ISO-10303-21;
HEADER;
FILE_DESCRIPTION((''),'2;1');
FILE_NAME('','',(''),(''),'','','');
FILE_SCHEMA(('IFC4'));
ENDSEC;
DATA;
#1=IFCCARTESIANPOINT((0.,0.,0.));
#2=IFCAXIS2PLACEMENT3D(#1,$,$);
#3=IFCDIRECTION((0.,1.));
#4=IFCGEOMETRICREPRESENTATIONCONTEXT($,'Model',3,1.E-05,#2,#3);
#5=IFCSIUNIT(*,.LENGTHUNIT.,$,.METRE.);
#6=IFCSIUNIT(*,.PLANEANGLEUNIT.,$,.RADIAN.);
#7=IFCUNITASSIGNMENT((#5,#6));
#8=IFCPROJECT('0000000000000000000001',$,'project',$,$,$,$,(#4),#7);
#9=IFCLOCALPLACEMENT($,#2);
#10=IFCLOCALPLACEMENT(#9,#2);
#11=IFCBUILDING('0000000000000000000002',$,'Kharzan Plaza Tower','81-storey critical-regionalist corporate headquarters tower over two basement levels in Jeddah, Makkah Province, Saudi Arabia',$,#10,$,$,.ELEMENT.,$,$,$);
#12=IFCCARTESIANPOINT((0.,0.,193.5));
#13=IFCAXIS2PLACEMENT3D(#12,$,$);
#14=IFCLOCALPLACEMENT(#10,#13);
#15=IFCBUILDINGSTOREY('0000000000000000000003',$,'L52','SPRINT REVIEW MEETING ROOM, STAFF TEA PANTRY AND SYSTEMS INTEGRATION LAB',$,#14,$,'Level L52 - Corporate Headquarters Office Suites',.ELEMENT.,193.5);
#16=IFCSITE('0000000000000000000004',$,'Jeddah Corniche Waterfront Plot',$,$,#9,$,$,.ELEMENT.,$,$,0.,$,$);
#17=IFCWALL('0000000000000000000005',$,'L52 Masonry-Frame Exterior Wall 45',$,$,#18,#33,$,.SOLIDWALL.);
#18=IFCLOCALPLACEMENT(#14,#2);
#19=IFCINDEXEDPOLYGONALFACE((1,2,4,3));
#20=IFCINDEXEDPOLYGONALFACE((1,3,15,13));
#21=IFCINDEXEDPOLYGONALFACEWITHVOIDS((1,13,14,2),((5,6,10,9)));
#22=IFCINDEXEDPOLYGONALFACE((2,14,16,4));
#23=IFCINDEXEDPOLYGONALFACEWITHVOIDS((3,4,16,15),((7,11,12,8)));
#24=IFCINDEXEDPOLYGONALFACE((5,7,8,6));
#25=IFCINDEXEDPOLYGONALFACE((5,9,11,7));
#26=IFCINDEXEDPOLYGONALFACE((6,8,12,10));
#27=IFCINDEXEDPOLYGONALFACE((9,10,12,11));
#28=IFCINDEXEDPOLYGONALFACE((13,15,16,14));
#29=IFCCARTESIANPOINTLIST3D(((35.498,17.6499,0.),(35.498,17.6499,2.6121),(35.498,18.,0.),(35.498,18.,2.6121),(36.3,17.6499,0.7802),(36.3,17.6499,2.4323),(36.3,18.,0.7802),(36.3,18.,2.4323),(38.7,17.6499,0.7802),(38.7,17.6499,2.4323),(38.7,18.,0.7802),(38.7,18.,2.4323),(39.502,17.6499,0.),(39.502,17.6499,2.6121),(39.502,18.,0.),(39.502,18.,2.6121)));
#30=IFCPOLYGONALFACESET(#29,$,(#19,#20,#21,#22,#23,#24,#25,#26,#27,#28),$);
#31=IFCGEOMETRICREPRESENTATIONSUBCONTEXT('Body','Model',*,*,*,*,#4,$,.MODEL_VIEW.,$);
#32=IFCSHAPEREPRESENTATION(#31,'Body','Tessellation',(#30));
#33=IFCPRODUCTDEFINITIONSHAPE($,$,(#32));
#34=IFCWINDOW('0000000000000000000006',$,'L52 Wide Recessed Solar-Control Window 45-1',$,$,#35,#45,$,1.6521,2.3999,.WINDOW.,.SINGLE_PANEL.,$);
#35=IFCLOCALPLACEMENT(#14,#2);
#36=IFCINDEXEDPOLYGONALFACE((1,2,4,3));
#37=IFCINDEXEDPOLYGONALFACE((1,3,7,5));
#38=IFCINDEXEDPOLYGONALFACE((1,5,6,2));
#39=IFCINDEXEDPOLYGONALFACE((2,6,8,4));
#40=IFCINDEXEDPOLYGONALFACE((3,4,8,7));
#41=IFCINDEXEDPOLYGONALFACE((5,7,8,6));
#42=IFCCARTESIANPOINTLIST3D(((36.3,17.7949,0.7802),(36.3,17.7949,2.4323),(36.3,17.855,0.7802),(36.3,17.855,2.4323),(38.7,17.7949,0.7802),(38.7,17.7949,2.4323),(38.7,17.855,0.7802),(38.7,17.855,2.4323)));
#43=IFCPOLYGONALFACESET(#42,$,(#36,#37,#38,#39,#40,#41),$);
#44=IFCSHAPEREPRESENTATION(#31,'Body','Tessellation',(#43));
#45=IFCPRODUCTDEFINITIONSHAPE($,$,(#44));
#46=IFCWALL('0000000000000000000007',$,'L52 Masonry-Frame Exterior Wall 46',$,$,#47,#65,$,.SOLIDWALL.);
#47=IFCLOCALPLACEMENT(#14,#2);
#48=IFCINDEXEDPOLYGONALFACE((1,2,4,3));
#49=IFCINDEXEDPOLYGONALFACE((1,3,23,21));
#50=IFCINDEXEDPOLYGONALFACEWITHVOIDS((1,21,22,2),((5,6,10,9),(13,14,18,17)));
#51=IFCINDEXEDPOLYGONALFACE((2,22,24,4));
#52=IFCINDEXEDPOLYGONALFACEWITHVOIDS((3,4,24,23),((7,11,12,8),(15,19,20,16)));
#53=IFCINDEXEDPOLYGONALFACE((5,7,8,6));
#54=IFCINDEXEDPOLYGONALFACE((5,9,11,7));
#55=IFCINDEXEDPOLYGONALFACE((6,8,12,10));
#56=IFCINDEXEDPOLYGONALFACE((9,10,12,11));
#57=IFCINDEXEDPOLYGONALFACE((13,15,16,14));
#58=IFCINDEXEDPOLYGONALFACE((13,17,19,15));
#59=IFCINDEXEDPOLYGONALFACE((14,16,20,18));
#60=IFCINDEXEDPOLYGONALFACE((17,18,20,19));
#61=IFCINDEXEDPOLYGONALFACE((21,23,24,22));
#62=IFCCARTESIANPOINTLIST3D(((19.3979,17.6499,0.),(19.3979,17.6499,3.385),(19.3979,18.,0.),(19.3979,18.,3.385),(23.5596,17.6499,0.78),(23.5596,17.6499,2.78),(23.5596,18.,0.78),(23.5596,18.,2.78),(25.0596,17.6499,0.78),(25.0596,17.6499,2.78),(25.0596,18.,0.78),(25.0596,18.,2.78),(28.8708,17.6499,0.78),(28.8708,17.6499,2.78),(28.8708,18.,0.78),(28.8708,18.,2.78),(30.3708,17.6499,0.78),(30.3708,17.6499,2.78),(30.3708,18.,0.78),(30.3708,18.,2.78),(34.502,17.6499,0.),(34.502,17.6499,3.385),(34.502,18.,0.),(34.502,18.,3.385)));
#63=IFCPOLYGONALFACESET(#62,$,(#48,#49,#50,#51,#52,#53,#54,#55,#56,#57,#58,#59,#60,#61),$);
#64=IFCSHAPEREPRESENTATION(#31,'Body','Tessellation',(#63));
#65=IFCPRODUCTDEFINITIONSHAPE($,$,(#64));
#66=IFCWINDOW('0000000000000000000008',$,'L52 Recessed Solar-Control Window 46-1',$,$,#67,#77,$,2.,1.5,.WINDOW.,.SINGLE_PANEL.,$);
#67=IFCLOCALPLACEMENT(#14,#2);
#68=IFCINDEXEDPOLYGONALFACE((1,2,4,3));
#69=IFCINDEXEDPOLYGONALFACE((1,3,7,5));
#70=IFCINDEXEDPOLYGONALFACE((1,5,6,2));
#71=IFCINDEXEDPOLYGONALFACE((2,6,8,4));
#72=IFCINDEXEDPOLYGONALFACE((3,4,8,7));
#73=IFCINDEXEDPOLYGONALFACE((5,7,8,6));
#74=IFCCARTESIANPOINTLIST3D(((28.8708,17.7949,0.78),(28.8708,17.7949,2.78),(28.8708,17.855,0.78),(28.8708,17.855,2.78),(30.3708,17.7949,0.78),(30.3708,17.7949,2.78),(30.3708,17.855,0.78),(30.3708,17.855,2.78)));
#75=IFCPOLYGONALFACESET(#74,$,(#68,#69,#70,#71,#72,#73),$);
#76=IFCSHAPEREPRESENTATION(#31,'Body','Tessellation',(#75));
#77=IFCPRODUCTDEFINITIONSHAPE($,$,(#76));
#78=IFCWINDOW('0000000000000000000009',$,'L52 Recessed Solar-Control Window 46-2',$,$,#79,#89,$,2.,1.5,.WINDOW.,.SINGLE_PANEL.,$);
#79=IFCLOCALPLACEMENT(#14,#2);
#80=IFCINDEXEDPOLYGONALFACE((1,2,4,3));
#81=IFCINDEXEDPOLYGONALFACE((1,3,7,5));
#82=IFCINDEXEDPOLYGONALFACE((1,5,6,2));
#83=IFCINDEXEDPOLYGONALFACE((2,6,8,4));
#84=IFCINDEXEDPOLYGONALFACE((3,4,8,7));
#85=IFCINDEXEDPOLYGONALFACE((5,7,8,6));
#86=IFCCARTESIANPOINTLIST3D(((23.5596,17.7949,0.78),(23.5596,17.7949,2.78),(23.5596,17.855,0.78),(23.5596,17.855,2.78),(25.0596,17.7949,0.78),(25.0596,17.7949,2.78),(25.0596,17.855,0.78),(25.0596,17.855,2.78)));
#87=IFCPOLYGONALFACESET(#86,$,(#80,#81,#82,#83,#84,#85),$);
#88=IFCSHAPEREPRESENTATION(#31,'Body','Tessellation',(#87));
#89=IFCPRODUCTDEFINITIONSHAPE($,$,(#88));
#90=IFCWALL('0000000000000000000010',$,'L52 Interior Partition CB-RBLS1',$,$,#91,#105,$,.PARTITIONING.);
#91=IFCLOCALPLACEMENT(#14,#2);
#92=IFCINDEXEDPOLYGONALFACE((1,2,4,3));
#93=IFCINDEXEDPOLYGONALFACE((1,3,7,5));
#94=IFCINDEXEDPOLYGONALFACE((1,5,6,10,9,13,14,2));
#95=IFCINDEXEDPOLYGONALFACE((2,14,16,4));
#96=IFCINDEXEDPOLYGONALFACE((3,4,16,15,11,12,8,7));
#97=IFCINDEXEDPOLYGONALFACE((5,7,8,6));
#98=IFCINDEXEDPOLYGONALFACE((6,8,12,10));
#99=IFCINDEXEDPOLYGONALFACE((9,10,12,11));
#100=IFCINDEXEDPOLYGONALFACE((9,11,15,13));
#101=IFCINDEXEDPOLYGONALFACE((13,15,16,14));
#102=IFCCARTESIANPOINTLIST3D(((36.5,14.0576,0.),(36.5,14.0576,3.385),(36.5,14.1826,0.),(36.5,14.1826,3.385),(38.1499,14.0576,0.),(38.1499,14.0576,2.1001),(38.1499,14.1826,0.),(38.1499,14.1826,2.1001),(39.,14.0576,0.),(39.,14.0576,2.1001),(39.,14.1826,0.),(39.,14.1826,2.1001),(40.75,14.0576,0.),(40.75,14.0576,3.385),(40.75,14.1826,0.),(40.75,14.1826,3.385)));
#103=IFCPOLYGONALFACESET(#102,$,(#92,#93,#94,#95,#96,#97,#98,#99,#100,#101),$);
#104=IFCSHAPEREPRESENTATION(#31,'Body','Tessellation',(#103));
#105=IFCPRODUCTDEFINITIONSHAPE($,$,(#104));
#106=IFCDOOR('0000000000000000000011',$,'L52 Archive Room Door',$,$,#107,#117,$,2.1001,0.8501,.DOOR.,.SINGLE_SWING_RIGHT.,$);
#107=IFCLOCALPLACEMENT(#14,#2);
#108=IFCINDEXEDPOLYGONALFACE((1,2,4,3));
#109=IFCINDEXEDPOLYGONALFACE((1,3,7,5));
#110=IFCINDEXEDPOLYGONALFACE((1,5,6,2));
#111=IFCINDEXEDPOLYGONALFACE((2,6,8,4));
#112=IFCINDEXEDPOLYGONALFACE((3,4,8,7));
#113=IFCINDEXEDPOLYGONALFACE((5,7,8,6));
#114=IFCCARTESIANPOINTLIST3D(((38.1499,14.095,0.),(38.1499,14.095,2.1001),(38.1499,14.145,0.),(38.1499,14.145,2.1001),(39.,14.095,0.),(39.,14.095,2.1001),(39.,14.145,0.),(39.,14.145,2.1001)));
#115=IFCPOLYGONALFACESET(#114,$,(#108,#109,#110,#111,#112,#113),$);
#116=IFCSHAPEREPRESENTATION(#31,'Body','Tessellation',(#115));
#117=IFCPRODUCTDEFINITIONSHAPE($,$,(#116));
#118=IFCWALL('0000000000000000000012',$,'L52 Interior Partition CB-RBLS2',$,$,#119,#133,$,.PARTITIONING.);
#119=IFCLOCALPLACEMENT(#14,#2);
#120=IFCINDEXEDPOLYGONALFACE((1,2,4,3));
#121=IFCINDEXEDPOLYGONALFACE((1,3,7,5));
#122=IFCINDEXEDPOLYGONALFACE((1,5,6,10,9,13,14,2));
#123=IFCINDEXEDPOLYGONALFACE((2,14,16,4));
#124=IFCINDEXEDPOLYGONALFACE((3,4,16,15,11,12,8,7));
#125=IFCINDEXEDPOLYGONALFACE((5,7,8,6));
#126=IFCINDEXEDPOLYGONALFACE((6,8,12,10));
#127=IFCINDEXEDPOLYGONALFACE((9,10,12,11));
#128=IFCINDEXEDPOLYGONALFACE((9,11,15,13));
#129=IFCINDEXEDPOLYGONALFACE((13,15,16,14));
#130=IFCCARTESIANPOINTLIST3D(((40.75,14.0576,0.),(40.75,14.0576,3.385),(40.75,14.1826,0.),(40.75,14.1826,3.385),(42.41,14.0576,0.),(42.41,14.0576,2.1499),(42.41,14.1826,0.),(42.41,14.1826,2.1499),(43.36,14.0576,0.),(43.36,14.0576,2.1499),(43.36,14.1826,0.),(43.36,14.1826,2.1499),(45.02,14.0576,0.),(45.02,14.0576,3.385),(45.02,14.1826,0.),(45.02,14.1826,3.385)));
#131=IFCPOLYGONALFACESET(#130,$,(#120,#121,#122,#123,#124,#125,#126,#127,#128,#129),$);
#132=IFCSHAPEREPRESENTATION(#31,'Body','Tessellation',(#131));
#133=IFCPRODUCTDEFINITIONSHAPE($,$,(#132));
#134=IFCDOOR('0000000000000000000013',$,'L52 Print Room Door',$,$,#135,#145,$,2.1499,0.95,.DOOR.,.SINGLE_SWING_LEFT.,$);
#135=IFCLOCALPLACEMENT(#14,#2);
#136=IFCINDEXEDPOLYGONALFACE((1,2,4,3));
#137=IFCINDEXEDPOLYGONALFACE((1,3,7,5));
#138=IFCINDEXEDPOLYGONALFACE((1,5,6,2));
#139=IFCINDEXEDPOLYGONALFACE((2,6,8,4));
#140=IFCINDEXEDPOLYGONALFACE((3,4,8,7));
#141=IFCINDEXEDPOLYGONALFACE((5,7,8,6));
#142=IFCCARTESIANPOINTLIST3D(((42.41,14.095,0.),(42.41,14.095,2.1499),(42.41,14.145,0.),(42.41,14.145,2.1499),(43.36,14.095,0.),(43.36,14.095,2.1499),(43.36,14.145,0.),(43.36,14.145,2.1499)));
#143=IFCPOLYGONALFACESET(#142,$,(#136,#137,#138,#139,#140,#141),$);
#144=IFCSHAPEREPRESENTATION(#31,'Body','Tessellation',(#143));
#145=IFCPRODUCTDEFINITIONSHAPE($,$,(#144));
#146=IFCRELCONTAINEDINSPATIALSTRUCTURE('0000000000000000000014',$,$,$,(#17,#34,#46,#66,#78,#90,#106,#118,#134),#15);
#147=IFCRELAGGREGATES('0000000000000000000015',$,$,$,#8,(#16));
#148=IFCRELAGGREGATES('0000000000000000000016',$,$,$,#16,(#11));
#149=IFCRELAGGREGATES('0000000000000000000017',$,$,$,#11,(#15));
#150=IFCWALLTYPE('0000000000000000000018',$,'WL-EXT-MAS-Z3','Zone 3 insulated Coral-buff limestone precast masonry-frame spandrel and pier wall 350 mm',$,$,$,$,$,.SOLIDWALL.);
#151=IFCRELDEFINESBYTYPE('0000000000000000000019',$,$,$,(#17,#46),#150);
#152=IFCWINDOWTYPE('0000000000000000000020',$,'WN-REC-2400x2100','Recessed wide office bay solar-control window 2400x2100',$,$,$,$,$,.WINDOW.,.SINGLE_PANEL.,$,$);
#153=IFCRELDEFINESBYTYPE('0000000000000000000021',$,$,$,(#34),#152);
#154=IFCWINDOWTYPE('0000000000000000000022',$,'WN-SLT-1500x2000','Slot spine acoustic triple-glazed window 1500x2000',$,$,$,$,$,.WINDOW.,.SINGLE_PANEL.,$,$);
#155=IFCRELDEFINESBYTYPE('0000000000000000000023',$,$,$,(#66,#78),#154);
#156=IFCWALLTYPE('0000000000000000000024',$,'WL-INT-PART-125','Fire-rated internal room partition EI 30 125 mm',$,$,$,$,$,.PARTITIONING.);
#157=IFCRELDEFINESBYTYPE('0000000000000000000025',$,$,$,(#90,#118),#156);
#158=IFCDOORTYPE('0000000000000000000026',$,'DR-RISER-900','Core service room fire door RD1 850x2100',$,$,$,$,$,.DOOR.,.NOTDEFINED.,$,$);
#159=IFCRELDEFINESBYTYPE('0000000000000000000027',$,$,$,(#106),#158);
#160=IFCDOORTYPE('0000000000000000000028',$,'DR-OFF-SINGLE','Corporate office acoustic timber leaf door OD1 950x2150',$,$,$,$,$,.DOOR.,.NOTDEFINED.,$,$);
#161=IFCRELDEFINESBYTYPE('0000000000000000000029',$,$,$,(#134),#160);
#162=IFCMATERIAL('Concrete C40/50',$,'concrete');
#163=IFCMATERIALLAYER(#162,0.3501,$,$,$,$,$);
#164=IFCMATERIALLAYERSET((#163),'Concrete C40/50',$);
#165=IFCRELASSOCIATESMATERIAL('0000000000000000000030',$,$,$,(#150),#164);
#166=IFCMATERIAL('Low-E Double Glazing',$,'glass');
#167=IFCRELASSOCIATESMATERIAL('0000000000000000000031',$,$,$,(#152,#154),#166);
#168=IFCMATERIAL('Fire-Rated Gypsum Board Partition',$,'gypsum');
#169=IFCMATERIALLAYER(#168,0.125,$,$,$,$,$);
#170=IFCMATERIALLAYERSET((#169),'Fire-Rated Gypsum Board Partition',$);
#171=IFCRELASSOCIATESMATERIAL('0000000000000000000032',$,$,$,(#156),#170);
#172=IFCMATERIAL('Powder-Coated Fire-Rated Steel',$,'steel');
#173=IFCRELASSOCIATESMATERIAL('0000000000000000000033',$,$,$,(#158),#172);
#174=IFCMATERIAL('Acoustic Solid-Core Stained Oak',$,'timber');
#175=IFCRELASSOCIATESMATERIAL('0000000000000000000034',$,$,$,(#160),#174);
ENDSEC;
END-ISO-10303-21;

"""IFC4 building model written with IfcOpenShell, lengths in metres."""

from ifc_helpers import new_model, si_unit, direction, frame, frame_2d, origin, place, context, subcontext, project, spatial, rectangle, extrude, source, transform, mapped, material, layer, layer_set, type_object, element, fill, save


model = new_model("IFC4")

# Units and contexts
model_context = context("Model", 3, precision=1e-05, world=origin(), true_north=direction((0.0, 1.0)))
body_context = subcontext(model_context, "Body", "Model", "MODEL_VIEW")
ifc_project = project(units=[si_unit("LENGTHUNIT", "METRE"), si_unit("PLANEANGLEUNIT", "RADIAN")], contexts=[model_context])

# Site, building, storey
site_placement = place(None, origin())
site = spatial("IfcSite", under=ifc_project, at=site_placement, Name="Jeddah Corniche Waterfront Plot", CompositionType="ELEMENT", RefElevation=0.0)
building_placement = place(site_placement, origin())
building = spatial("IfcBuilding", under=site, at=building_placement, Name="Kharzan Plaza Tower", Description="81-storey critical-regionalist corporate headquarters tower over two basement levels in Jeddah, Makkah Province, Saudi Arabia", CompositionType="ELEMENT")
storey_placement = place(building_placement, frame((0.0, 0.0, 193.5)))
storey = spatial("IfcBuildingStorey", under=building, at=storey_placement, Name="L52", Description="SPRINT REVIEW MEETING ROOM, STAFF TEA PANTRY AND SYSTEMS INTEGRATION LAB", LongName="Level L52 - Corporate Headquarters Office Suites", CompositionType="ELEMENT", Elevation=193.5)

# Wall, opening, window
ifc_material_1 = material(Name="Concrete C40/50", Category="concrete")
ifc_layer_1 = layer(ifc_material_1, 0.3501)
ifc_layer_set_1 = layer_set([ifc_layer_1], Name="Concrete C40/50")
wall_type_1 = type_object("IfcWallType", Name="WL-EXT-MAS-Z3", Description="Zone 3 insulated Coral-buff limestone precast masonry-frame spandrel and pier wall 350 mm", PredefinedType="SOLIDWALL", material=ifc_layer_set_1)
wall_1_placement = place(storey_placement, frame((39.502, 17.825, 0.0), z_axis=(0.0, 0.0, 1.0), x_axis=(-1.0, 0.0, 0.0)))
wall_1 = element("IfcWall", 1, at=wall_1_placement, inside=storey, type_object=wall_type_1, Name="L52 Masonry-Frame Exterior Wall 45", PredefinedType="SOLIDWALL", context=body_context, shape_type="SweptSolid", body=[
    extrude(rectangle(XDim=4.0039, YDim=0.3501, at=frame_2d((2.002, 0.0))), origin(), (0.0, 0.0, 1.0), 2.6121),
])
opening_1_placement = place(wall_1_placement, frame((0.802, 0.0, 0.78)))
opening_1 = element("IfcOpeningElement", 2, at=opening_1_placement, cuts=wall_1, PredefinedType="OPENING", context=body_context, shape_type="SweptSolid", body=[
    extrude(rectangle(XDim=2.3999, YDim=1.6521, at=frame_2d((1.2, 0.8262))), frame((0.0, 0.1851, 0.0), z_axis=(0.0, -1.0, 0.0), x_axis=(1.0, 0.0, 0.0)), (0.0, 0.0, 1.0), 0.3701),
])
ifc_material_2 = material(Name="Low-E Double Glazing", Category="glass")
window_type_1 = type_object("IfcWindowType", Name="WN-REC-2400x2100", Description="Recessed wide office bay solar-control window 2400x2100", PartitioningType="SINGLE_PANEL", PredefinedType="WINDOW", material=ifc_material_2)
shared_shape_1 = source(origin(), body_context, "Body", "SweptSolid", [
    extrude(rectangle(XDim=2.3999, YDim=1.6521, at=frame_2d((1.2, 0.8262))), frame((0.0, 0.03, 0.0), z_axis=(0.0, -1.0, 0.0), x_axis=(1.0, 0.0, 0.0)), (0.0, 0.0, 1.0), 0.0601),
])
window_1_placement = place(opening_1_placement, origin())
window_1 = element("IfcWindow", 3, at=window_1_placement, inside=storey, type_object=window_type_1, Name="L52 Wide Recessed Solar-Control Window 45-1", OverallHeight=1.6521, OverallWidth=2.3999, PartitioningType="SINGLE_PANEL", PredefinedType="WINDOW", context=body_context, shape_type="MappedRepresentation", body=[
    mapped(shared_shape_1, transform((0.0, 0.0, 0.0), x_axis=(1.0, 0.0, 0.0), y_axis=(0.0, 1.0, 0.0), z_axis=(0.0, 0.0, 1.0))),
])
fill(opening_1, window_1)

# Wall, openings, windows
wall_2_placement = place(storey_placement, frame((34.502, 17.825, 0.0), z_axis=(0.0, 0.0, 1.0), x_axis=(-1.0, 0.0, 0.0)))
wall_2 = element("IfcWall", 4, at=wall_2_placement, inside=storey, type_object=wall_type_1, Name="L52 Masonry-Frame Exterior Wall 46", PredefinedType="SOLIDWALL", context=body_context, shape_type="SweptSolid", body=[
    extrude(rectangle(XDim=15.104, YDim=0.3501, at=frame_2d((7.552, 0.0))), origin(), (0.0, 0.0, 1.0), 3.385),
])
opening_2_placement = place(wall_2_placement, frame((4.1311, 0.0, 0.78)))
opening_2 = element("IfcOpeningElement", 5, at=opening_2_placement, cuts=wall_2, PredefinedType="OPENING", context=body_context, shape_type="SweptSolid", body=[
    extrude(rectangle(XDim=1.5, YDim=2.0, at=frame_2d((0.75, 1.0))), frame((0.0, 0.1851, 0.0), z_axis=(0.0, -1.0, 0.0), x_axis=(1.0, 0.0, 0.0)), (0.0, 0.0, 1.0), 0.3701),
])
opening_3_placement = place(wall_2_placement, frame((9.4424, 0.0, 0.78)))
opening_3 = element("IfcOpeningElement", 6, at=opening_3_placement, cuts=wall_2, PredefinedType="OPENING", context=body_context, shape_type="SweptSolid", body=[
    extrude(rectangle(XDim=1.5, YDim=2.0, at=frame_2d((0.75, 1.0))), frame((0.0, 0.1851, 0.0), z_axis=(0.0, -1.0, 0.0), x_axis=(1.0, 0.0, 0.0)), (0.0, 0.0, 1.0), 0.3701),
])
window_type_2 = type_object("IfcWindowType", Name="WN-SLT-1500x2000", Description="Slot spine acoustic triple-glazed window 1500x2000", PartitioningType="SINGLE_PANEL", PredefinedType="WINDOW", material=ifc_material_2)
shared_shape_2 = source(origin(), body_context, "Body", "SweptSolid", [
    extrude(rectangle(XDim=1.5, YDim=2.0, at=frame_2d((0.75, 1.0))), frame((0.0, 0.03, 0.0), z_axis=(0.0, -1.0, 0.0), x_axis=(1.0, 0.0, 0.0)), (0.0, 0.0, 1.0), 0.0601),
])
window_2_placement = place(opening_2_placement, origin())
window_2 = element("IfcWindow", 7, at=window_2_placement, inside=storey, type_object=window_type_2, Name="L52 Recessed Solar-Control Window 46-1", OverallHeight=2.0, OverallWidth=1.5, PartitioningType="SINGLE_PANEL", PredefinedType="WINDOW", context=body_context, shape_type="MappedRepresentation", body=[
    mapped(shared_shape_2, transform((0.0, 0.0, 0.0), x_axis=(1.0, 0.0, 0.0), y_axis=(0.0, 1.0, 0.0), z_axis=(0.0, 0.0, 1.0))),
])
fill(opening_2, window_2)
window_3_placement = place(opening_3_placement, origin())
window_3 = element("IfcWindow", 8, at=window_3_placement, inside=storey, type_object=window_type_2, Name="L52 Recessed Solar-Control Window 46-2", OverallHeight=2.0, OverallWidth=1.5, PartitioningType="SINGLE_PANEL", PredefinedType="WINDOW", context=body_context, shape_type="MappedRepresentation", body=[
    mapped(shared_shape_2, transform((0.0, 0.0, 0.0), x_axis=(1.0, 0.0, 0.0), y_axis=(0.0, 1.0, 0.0), z_axis=(0.0, 0.0, 1.0))),
])
fill(opening_3, window_3)

# Walls, openings, doors
ifc_material_3 = material(Name="Fire-Rated Gypsum Board Partition", Category="gypsum")
ifc_layer_2 = layer(ifc_material_3, 0.125)
ifc_layer_set_2 = layer_set([ifc_layer_2], Name="Fire-Rated Gypsum Board Partition")
wall_type_2 = type_object("IfcWallType", Name="WL-INT-PART-125", Description="Fire-rated internal room partition EI 30 125 mm", PredefinedType="PARTITIONING", material=ifc_layer_set_2)
wall_3_placement = place(storey_placement, frame((36.5, 14.1201, 0.0), z_axis=(0.0, 0.0, 1.0), x_axis=(1.0, 0.0, 0.0)))
wall_3 = element("IfcWall", 9, at=wall_3_placement, inside=storey, type_object=wall_type_2, Name="L52 Interior Partition CB-RBLS1", PredefinedType="PARTITIONING", context=body_context, shape_type="SweptSolid", body=[
    extrude(rectangle(XDim=4.25, YDim=0.125, at=frame_2d((2.125, 0.0))), origin(), (0.0, 0.0, 1.0), 3.385),
])
opening_4_placement = place(wall_3_placement, frame((1.6499, 0.0, 0.0)))
opening_4 = element("IfcOpeningElement", 10, at=opening_4_placement, cuts=wall_3, PredefinedType="OPENING", context=body_context, shape_type="SweptSolid", body=[
    extrude(rectangle(XDim=0.8501, YDim=2.1001, at=frame_2d((0.425, 1.05))), frame((0.0, 0.0725, 0.0), z_axis=(0.0, -1.0, 0.0), x_axis=(1.0, 0.0, 0.0)), (0.0, 0.0, 1.0), 0.145),
])
ifc_material_4 = material(Name="Powder-Coated Fire-Rated Steel", Category="steel")
door_type_1 = type_object("IfcDoorType", Name="DR-RISER-900", Description="Core service room fire door RD1 850x2100", OperationType="NOTDEFINED", PredefinedType="DOOR", material=ifc_material_4)
shared_shape_3 = source(origin(), body_context, "Body", "SweptSolid", [
    extrude(rectangle(XDim=0.8501, YDim=2.1001, at=frame_2d((0.425, 1.05))), frame((0.0, 0.0249, 0.0), z_axis=(0.0, -1.0, 0.0), x_axis=(1.0, 0.0, 0.0)), (0.0, 0.0, 1.0), 0.05),
])
door_1_placement = place(opening_4_placement, origin())
door_1 = element("IfcDoor", 11, at=door_1_placement, inside=storey, type_object=door_type_1, Name="L52 Archive Room Door", OperationType="SINGLE_SWING_RIGHT", OverallHeight=2.1001, OverallWidth=0.8501, PredefinedType="DOOR", context=body_context, shape_type="MappedRepresentation", body=[
    mapped(shared_shape_3, transform((0.0, 0.0, 0.0), x_axis=(1.0, 0.0, 0.0), y_axis=(0.0, 1.0, 0.0), z_axis=(0.0, 0.0, 1.0))),
])
fill(opening_4, door_1)
wall_4_placement = place(storey_placement, frame((40.75, 14.1201, 0.0), z_axis=(0.0, 0.0, 1.0), x_axis=(1.0, 0.0, 0.0)))
wall_4 = element("IfcWall", 12, at=wall_4_placement, inside=storey, type_object=wall_type_2, Name="L52 Interior Partition CB-RBLS2", PredefinedType="PARTITIONING", context=body_context, shape_type="SweptSolid", body=[
    extrude(rectangle(XDim=4.27, YDim=0.125, at=frame_2d((2.135, 0.0))), origin(), (0.0, 0.0, 1.0), 3.385),
])
opening_5_placement = place(wall_4_placement, frame((1.6599, 0.0, 0.0)))
opening_5 = element("IfcOpeningElement", 13, at=opening_5_placement, cuts=wall_4, PredefinedType="OPENING", context=body_context, shape_type="SweptSolid", body=[
    extrude(rectangle(XDim=0.95, YDim=2.1499, at=frame_2d((0.4751, 1.075))), frame((0.0, 0.0725, 0.0), z_axis=(0.0, -1.0, 0.0), x_axis=(1.0, 0.0, 0.0)), (0.0, 0.0, 1.0), 0.145),
])
ifc_material_5 = material(Name="Acoustic Solid-Core Stained Oak", Category="timber")
door_type_2 = type_object("IfcDoorType", Name="DR-OFF-SINGLE", Description="Corporate office acoustic timber leaf door OD1 950x2150", OperationType="NOTDEFINED", PredefinedType="DOOR", material=ifc_material_5)
shared_shape_4 = source(origin(), body_context, "Body", "SweptSolid", [
    extrude(rectangle(XDim=0.95, YDim=2.1499, at=frame_2d((0.4751, 1.075))), frame((0.0, 0.0249, 0.0), z_axis=(0.0, -1.0, 0.0), x_axis=(1.0, 0.0, 0.0)), (0.0, 0.0, 1.0), 0.05),
])
door_2_placement = place(opening_5_placement, origin())
door_2 = element("IfcDoor", 14, at=door_2_placement, inside=storey, type_object=door_type_2, Name="L52 Print Room Door", OperationType="SINGLE_SWING_LEFT", OverallHeight=2.1499, OverallWidth=0.95, PredefinedType="DOOR", context=body_context, shape_type="MappedRepresentation", body=[
    mapped(shared_shape_4, transform((0.0, 0.0, 0.0), x_axis=(1.0, 0.0, 0.0), y_axis=(0.0, 1.0, 0.0), z_axis=(0.0, 0.0, 1.0))),
])
fill(opening_5, door_2)

save(model, "model.ifc")
